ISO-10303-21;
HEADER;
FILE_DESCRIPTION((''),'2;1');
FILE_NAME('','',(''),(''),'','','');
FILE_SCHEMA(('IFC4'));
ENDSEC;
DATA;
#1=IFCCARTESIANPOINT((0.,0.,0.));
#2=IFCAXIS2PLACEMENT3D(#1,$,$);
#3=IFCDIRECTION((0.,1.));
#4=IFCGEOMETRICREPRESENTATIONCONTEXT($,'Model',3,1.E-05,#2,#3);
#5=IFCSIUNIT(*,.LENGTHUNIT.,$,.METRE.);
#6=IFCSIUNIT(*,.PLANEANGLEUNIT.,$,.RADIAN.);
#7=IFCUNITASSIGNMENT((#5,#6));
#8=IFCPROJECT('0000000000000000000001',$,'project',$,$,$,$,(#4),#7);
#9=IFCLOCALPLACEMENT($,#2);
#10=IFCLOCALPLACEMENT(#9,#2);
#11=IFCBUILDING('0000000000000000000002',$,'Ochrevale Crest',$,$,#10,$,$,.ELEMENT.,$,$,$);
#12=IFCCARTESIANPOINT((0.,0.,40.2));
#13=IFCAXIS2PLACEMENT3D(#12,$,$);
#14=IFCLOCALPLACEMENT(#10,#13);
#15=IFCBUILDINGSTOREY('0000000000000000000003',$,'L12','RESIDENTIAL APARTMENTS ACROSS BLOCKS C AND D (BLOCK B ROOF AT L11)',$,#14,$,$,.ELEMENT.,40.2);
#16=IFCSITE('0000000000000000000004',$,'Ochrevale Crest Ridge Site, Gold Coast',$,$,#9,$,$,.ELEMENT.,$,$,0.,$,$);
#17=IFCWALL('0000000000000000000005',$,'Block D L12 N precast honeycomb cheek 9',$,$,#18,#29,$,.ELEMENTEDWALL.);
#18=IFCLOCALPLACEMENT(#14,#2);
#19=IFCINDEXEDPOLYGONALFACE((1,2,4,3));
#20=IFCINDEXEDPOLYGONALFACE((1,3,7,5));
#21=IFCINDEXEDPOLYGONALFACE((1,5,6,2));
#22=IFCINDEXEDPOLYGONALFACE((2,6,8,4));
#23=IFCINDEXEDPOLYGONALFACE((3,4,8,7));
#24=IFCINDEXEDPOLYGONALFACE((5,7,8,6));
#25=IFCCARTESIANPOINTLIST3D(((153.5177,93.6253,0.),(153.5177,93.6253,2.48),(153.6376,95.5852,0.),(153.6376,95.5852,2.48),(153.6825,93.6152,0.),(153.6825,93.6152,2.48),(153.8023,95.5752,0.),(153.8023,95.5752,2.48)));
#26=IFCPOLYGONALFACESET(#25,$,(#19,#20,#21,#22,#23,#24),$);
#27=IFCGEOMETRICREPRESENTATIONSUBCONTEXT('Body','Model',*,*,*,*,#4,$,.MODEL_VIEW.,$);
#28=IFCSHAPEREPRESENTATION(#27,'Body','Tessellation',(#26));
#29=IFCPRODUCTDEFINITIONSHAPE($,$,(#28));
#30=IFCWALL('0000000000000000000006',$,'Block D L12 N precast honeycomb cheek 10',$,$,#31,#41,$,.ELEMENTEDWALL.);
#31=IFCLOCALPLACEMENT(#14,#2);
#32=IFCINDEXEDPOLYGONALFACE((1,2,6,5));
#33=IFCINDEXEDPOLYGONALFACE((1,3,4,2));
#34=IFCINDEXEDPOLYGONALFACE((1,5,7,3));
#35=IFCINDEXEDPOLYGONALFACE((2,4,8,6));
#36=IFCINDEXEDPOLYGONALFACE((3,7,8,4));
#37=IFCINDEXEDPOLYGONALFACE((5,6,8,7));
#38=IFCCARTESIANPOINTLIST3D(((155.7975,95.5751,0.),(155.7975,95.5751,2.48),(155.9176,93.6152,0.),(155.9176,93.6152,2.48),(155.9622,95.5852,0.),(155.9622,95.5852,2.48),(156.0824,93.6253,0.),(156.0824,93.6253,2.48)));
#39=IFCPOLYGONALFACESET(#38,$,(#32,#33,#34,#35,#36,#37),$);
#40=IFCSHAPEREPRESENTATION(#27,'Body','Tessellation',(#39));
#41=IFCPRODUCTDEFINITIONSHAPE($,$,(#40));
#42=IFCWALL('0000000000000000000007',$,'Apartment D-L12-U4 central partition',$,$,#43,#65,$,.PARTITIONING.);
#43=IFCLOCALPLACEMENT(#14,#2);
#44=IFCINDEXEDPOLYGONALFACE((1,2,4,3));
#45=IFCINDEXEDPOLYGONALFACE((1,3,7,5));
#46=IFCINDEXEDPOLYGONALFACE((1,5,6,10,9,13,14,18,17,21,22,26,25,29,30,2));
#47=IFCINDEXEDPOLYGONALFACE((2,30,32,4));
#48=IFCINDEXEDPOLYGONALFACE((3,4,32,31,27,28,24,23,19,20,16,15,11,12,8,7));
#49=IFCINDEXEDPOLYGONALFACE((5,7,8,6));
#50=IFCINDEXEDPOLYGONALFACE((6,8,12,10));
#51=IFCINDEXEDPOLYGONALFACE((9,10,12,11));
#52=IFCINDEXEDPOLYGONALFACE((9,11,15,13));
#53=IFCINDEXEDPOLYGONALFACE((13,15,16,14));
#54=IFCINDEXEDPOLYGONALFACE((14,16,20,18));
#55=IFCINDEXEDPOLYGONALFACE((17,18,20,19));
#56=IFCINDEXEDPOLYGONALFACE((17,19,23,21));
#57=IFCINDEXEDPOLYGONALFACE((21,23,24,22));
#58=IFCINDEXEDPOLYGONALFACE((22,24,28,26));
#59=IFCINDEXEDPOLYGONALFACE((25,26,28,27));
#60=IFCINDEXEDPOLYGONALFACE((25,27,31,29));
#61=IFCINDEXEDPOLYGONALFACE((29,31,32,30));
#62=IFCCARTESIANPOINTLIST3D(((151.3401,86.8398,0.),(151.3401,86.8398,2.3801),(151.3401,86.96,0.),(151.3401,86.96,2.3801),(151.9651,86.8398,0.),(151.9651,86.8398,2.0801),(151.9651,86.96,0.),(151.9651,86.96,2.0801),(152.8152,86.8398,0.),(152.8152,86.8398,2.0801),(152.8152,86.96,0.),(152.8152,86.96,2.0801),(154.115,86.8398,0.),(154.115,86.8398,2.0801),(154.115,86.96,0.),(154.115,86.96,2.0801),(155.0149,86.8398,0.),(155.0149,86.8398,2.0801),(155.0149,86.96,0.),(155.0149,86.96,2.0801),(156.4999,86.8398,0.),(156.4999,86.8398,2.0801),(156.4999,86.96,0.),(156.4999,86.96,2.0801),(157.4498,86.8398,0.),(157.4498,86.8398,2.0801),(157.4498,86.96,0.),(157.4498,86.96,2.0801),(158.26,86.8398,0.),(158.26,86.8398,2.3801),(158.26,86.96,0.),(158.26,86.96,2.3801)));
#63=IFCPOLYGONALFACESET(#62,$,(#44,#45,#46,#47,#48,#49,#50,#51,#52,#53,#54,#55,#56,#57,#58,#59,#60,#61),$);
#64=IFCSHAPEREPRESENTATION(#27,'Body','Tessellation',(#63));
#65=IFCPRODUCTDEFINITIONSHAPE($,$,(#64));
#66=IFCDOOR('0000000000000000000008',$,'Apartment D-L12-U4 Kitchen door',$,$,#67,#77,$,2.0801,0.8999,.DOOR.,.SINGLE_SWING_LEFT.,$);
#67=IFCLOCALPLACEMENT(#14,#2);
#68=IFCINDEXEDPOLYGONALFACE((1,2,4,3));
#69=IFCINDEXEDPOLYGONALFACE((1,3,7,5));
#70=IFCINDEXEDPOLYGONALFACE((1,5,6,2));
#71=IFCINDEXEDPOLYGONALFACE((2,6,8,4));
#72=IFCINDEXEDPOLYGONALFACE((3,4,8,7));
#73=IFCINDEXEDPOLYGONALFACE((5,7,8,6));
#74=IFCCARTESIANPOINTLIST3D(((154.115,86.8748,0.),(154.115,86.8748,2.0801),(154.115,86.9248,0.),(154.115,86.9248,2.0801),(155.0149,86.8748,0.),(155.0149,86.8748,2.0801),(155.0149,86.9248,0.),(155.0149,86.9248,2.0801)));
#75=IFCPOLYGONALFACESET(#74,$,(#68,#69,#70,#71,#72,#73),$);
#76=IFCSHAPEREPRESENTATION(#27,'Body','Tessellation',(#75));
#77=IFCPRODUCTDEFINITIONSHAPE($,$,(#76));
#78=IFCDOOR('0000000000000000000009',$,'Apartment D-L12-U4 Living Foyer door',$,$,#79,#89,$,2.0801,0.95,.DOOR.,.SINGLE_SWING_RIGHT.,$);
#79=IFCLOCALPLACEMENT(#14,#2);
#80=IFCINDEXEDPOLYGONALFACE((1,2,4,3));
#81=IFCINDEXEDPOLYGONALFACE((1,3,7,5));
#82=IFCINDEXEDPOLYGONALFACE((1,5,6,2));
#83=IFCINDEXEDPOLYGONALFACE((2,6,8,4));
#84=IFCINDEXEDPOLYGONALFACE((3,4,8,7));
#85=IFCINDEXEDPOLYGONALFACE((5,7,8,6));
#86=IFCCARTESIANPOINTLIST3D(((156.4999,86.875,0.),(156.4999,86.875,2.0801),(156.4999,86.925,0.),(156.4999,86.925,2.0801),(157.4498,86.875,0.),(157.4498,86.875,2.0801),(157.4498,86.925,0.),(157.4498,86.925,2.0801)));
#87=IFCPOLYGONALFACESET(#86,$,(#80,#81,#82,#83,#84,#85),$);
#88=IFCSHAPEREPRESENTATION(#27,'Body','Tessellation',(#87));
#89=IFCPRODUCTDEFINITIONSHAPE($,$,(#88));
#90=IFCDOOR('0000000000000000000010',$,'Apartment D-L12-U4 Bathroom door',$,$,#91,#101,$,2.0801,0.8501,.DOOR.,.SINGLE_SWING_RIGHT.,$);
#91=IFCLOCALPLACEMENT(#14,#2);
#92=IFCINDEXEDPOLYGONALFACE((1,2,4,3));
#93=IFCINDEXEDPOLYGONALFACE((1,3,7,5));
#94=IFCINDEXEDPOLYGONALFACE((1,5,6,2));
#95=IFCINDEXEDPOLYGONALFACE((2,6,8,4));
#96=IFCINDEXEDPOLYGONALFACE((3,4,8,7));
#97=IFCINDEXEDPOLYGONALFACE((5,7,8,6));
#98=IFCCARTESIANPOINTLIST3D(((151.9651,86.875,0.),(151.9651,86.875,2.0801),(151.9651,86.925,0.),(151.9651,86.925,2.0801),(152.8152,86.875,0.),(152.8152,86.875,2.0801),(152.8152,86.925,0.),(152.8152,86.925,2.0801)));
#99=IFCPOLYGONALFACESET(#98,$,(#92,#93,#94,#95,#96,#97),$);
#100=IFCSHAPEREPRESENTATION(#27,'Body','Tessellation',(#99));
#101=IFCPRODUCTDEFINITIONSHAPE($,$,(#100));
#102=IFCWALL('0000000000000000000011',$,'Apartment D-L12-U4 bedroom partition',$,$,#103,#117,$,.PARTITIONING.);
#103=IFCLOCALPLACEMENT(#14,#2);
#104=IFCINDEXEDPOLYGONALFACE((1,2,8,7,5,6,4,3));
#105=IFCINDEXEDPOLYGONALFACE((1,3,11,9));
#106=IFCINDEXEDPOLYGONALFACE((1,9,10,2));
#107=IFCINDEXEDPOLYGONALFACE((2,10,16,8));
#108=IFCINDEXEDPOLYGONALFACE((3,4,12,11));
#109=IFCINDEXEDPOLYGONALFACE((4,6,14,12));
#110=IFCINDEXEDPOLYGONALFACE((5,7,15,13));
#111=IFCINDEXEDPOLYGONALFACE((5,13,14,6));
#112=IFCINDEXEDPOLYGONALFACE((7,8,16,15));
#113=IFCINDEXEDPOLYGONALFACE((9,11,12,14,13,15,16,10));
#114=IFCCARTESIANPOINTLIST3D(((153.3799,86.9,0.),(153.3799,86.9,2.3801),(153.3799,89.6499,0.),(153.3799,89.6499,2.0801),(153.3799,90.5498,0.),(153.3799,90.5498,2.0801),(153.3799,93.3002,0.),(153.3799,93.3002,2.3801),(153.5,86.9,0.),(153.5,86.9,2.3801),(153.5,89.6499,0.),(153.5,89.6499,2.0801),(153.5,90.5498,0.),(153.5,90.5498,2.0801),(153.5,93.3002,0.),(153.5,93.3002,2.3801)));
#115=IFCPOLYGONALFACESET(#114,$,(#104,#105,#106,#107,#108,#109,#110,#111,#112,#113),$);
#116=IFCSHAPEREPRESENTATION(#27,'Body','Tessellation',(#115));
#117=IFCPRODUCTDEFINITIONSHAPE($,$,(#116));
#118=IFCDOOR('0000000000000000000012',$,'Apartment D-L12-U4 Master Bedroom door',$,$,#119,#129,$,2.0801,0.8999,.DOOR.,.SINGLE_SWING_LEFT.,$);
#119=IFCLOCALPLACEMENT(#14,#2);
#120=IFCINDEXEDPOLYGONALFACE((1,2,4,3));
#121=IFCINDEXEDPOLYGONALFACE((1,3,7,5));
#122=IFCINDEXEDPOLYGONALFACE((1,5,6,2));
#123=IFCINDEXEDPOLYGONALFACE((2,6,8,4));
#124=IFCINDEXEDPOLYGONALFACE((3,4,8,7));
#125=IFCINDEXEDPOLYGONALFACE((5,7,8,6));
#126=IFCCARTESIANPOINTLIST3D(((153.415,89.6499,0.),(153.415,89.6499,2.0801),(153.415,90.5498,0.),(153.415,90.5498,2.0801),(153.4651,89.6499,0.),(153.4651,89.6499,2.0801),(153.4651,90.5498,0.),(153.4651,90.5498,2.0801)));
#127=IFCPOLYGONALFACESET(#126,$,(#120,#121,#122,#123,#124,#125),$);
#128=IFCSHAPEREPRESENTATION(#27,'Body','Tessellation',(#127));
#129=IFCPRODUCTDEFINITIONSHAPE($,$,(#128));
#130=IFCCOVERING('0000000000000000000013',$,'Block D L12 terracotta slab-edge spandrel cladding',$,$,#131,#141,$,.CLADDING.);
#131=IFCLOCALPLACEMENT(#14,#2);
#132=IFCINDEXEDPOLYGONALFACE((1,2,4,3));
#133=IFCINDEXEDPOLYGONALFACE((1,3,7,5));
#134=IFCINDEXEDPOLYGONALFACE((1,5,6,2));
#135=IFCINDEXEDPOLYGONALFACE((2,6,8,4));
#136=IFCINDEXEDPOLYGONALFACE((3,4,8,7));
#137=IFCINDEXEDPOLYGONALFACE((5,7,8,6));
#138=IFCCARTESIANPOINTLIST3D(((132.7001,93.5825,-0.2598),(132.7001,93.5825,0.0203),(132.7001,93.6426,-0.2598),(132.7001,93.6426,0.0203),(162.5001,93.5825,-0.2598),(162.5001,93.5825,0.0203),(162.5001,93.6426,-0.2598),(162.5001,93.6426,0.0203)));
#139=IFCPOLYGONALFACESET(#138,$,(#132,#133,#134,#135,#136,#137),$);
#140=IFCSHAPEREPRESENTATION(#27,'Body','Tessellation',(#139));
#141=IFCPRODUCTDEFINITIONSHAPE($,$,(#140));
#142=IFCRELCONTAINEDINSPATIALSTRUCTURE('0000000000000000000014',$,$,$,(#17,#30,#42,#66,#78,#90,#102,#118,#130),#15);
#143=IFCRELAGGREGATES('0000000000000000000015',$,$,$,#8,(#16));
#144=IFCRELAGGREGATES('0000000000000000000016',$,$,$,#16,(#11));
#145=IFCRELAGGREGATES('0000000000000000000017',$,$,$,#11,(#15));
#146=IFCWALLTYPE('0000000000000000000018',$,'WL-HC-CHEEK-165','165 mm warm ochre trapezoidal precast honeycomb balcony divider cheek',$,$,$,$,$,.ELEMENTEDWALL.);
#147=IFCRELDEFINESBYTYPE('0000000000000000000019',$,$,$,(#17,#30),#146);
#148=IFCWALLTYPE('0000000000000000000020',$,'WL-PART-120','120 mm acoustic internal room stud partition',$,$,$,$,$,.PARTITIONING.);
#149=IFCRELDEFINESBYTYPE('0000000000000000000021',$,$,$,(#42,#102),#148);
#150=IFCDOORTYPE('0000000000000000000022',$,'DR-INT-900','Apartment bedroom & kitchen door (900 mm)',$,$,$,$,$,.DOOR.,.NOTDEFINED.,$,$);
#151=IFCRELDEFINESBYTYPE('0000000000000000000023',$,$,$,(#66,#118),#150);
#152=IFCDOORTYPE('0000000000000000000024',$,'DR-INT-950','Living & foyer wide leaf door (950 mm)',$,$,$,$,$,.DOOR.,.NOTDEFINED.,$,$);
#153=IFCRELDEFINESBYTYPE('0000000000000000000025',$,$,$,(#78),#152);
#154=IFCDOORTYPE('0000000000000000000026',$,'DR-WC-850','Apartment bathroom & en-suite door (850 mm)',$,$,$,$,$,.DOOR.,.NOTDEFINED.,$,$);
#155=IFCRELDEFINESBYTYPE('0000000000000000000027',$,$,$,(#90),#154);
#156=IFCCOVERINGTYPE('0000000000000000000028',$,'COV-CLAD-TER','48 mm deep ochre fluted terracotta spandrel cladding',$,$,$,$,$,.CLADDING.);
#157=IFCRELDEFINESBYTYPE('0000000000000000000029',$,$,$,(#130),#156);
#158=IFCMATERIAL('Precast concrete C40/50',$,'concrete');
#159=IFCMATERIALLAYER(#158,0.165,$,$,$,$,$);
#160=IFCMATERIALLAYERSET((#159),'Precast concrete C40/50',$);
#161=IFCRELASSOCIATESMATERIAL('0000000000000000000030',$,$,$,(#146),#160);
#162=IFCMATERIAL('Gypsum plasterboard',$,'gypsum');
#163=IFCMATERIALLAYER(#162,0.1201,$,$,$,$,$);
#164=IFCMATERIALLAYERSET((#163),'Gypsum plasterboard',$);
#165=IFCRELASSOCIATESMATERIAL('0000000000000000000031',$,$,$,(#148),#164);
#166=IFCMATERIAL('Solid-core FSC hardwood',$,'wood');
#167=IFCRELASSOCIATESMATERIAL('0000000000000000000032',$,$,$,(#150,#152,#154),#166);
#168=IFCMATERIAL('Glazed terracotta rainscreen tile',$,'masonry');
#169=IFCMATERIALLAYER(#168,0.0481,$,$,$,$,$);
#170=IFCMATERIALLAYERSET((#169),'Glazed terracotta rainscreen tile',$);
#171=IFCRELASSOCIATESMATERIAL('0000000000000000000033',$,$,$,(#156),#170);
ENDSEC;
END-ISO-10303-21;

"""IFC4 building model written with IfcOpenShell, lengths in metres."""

from ifc_helpers import new_model, si_unit, direction, frame, frame_2d, origin, origin_2d, place, context, subcontext, project, spatial, rectangle, extrude, material, layer, layer_set, type_object, element, fill, save


model = new_model("IFC4")

# Units and contexts
model_context = context("Model", 3, precision=1e-05, world=origin(), true_north=direction((0.0, 1.0)))
body_context = subcontext(model_context, "Body", "Model", "MODEL_VIEW")
ifc_project = project(units=[si_unit("LENGTHUNIT", "METRE"), si_unit("PLANEANGLEUNIT", "RADIAN")], contexts=[model_context])

# Site, building, storey
site_placement = place(None, origin())
site = spatial("IfcSite", under=ifc_project, at=site_placement, Name="Ochrevale Crest Ridge Site, Gold Coast", CompositionType="ELEMENT", RefElevation=0.0)
building_placement = place(site_placement, origin())
building = spatial("IfcBuilding", under=site, at=building_placement, Name="Ochrevale Crest", CompositionType="ELEMENT")
storey_placement = place(building_placement, frame((0.0, 0.0, 40.2)))
storey = spatial("IfcBuildingStorey", under=building, at=storey_placement, Name="L12", Description="RESIDENTIAL APARTMENTS ACROSS BLOCKS C AND D (BLOCK B ROOF AT L11)", CompositionType="ELEMENT", Elevation=40.2)

# Shared definitions
ifc_material_1 = material(Name="Precast concrete C40/50", Category="concrete")

# Walls
ifc_layer_1 = layer(ifc_material_1, 0.165)
ifc_layer_set_1 = layer_set([ifc_layer_1], Name="Precast concrete C40/50")
wall_type_1 = type_object("IfcWallType", Name="WL-HC-CHEEK-165", Description="165 mm warm ochre trapezoidal precast honeycomb balcony divider cheek", PredefinedType="ELEMENTEDWALL", material=ifc_layer_set_1)
for number, where, z_axis, x_axis, name in (
    (1, (153.6001, 93.6201, 0.0), (0.0, 0.0, 1.0), (0.061047, 0.998135, 0.0), "Block D L12 N precast honeycomb cheek 9"),
    (2, (156.0, 93.6201, 0.0), (0.0, 0.0, 1.0), (-0.061171, 0.998127, 0.0), "Block D L12 N precast honeycomb cheek 10"),
):
    element("IfcWall", number, at=place(storey_placement, frame(where, z_axis=z_axis, x_axis=x_axis)), inside=storey, type_object=wall_type_1, Name=name, PredefinedType="ELEMENTEDWALL", context=body_context, shape_type="SweptSolid", body=[
        extrude(rectangle(XDim=1.9636, YDim=0.165, at=frame_2d((0.9819, 0.0))), origin(), (0.0, 0.0, 1.0), 2.48),
    ])

# Wall, openings, doors
ifc_material_2 = material(Name="Gypsum plasterboard", Category="gypsum")
ifc_layer_2 = layer(ifc_material_2, 0.1201)
ifc_layer_set_2 = layer_set([ifc_layer_2], Name="Gypsum plasterboard")
wall_type_2 = type_object("IfcWallType", Name="WL-PART-120", Description="120 mm acoustic internal room stud partition", PredefinedType="PARTITIONING", material=ifc_layer_set_2)
wall_1_placement = place(storey_placement, frame((151.3401, 86.8999, 0.0), z_axis=(0.0, 0.0, 1.0), x_axis=(1.0, 0.0, 0.0)))
wall_1 = element("IfcWall", 3, at=wall_1_placement, inside=storey, type_object=wall_type_2, Name="Apartment D-L12-U4 central partition", PredefinedType="PARTITIONING", context=body_context, shape_type="SweptSolid", body=[
    extrude(rectangle(XDim=6.9199, YDim=0.1201, at=frame_2d((3.46, 0.0))), origin(), (0.0, 0.0, 1.0), 2.3801),
])
opening_1_placement = place(wall_1_placement, frame((1.4751, 0.0, 0.0), z_axis=(0.0, 0.0, 1.0), x_axis=(-1.0, 0.0, 0.0)))
opening_1 = element("IfcOpeningElement", 4, at=opening_1_placement, cuts=wall_1, PredefinedType="OPENING", context=body_context, shape_type="SweptSolid", body=[
    extrude(rectangle(XDim=0.8501, YDim=2.0801, at=frame_2d((0.425, 1.04))), frame((0.0, 0.0701, 0.0), z_axis=(0.0, -1.0, 0.0), x_axis=(1.0, 0.0, 0.0)), (0.0, 0.0, 1.0), 0.1401),
])
opening_2_placement = place(wall_1_placement, frame((2.7749, 0.0, 0.0)))
opening_2 = element("IfcOpeningElement", 5, at=opening_2_placement, cuts=wall_1, PredefinedType="OPENING", context=body_context, shape_type="SweptSolid", body=[
    extrude(rectangle(XDim=0.8999, YDim=2.0801, at=frame_2d((0.45, 1.04))), frame((0.0, 0.0701, 0.0), z_axis=(0.0, -1.0, 0.0), x_axis=(1.0, 0.0, 0.0)), (0.0, 0.0, 1.0), 0.1401),
])
opening_3_placement = place(wall_1_placement, frame((6.1099, 0.0, 0.0), z_axis=(0.0, 0.0, 1.0), x_axis=(-1.0, 0.0, 0.0)))
opening_3 = element("IfcOpeningElement", 6, at=opening_3_placement, cuts=wall_1, PredefinedType="OPENING", context=body_context, shape_type="SweptSolid", body=[
    extrude(rectangle(XDim=0.95, YDim=2.0801, at=frame_2d((0.4751, 1.04))), frame((0.0, 0.0701, 0.0), z_axis=(0.0, -1.0, 0.0), x_axis=(1.0, 0.0, 0.0)), (0.0, 0.0, 1.0), 0.1401),
])
ifc_material_3 = material(Name="Solid-core FSC hardwood", Category="wood")
door_type_1 = type_object("IfcDoorType", Name="DR-INT-900", Description="Apartment bedroom & kitchen door (900 mm)", OperationType="NOTDEFINED", PredefinedType="DOOR", material=ifc_material_3)
door_1_placement = place(opening_2_placement, origin())
door_1 = element("IfcDoor", 7, at=door_1_placement, inside=storey, type_object=door_type_1, Name="Apartment D-L12-U4 Kitchen door", OperationType="SINGLE_SWING_LEFT", OverallHeight=2.0801, OverallWidth=0.8999, PredefinedType="DOOR", context=body_context, shape_type="SweptSolid", body=[
    extrude(rectangle(XDim=0.8999, YDim=2.0801, at=frame_2d((0.45, 1.04))), frame((0.0, 0.0249, 0.0), z_axis=(0.0, -1.0, 0.0), x_axis=(1.0, 0.0, 0.0)), (0.0, 0.0, 1.0), 0.05),
])
fill(opening_2, door_1)
door_type_2 = type_object("IfcDoorType", Name="DR-INT-950", Description="Living & foyer wide leaf door (950 mm)", OperationType="NOTDEFINED", PredefinedType="DOOR", material=ifc_material_3)
door_2_placement = place(opening_3_placement, origin())
door_2 = element("IfcDoor", 8, at=door_2_placement, inside=storey, type_object=door_type_2, Name="Apartment D-L12-U4 Living Foyer door", OperationType="SINGLE_SWING_RIGHT", OverallHeight=2.0801, OverallWidth=0.95, PredefinedType="DOOR", context=body_context, shape_type="SweptSolid", body=[
    extrude(rectangle(XDim=0.95, YDim=2.0801, at=frame_2d((0.4751, 1.04))), frame((0.0, 0.0249, 0.0), z_axis=(0.0, -1.0, 0.0), x_axis=(1.0, 0.0, 0.0)), (0.0, 0.0, 1.0), 0.05),
])
fill(opening_3, door_2)
door_type_3 = type_object("IfcDoorType", Name="DR-WC-850", Description="Apartment bathroom & en-suite door (850 mm)", OperationType="NOTDEFINED", PredefinedType="DOOR", material=ifc_material_3)
door_3_placement = place(opening_1_placement, origin())
door_3 = element("IfcDoor", 9, at=door_3_placement, inside=storey, type_object=door_type_3, Name="Apartment D-L12-U4 Bathroom door", OperationType="SINGLE_SWING_RIGHT", OverallHeight=2.0801, OverallWidth=0.8501, PredefinedType="DOOR", context=body_context, shape_type="SweptSolid", body=[
    extrude(rectangle(XDim=0.8501, YDim=2.0801, at=frame_2d((0.425, 1.04))), frame((0.0, 0.0249, 0.0), z_axis=(0.0, -1.0, 0.0), x_axis=(1.0, 0.0, 0.0)), (0.0, 0.0, 1.0), 0.05),
])
fill(opening_1, door_3)

# Wall, opening, door
wall_2_placement = place(storey_placement, frame((153.4399, 86.8999, 0.0), z_axis=(0.0, 0.0, 1.0), x_axis=(0.0, 1.0, 0.0)))
wall_2 = element("IfcWall", 10, at=wall_2_placement, inside=storey, type_object=wall_type_2, Name="Apartment D-L12-U4 bedroom partition", PredefinedType="PARTITIONING", context=body_context, shape_type="SweptSolid", body=[
    extrude(rectangle(XDim=6.4001, YDim=0.1201, at=frame_2d((3.2002, 0.0))), origin(), (0.0, 0.0, 1.0), 2.3801),
])
opening_4_placement = place(wall_2_placement, frame((2.75, 0.0, 0.0)))
opening_4 = element("IfcOpeningElement", 11, at=opening_4_placement, cuts=wall_2, PredefinedType="OPENING", context=body_context, shape_type="SweptSolid", body=[
    extrude(rectangle(XDim=0.8999, YDim=2.0801, at=frame_2d((0.45, 1.04))), frame((0.0, 0.0701, 0.0), z_axis=(0.0, -1.0, 0.0), x_axis=(1.0, 0.0, 0.0)), (0.0, 0.0, 1.0), 0.1401),
])
door_4_placement = place(opening_4_placement, origin())
door_4 = element("IfcDoor", 12, at=door_4_placement, inside=storey, type_object=door_type_1, Name="Apartment D-L12-U4 Master Bedroom door", OperationType="SINGLE_SWING_LEFT", OverallHeight=2.0801, OverallWidth=0.8999, PredefinedType="DOOR", context=body_context, shape_type="SweptSolid", body=[
    extrude(rectangle(XDim=0.8999, YDim=2.0801, at=frame_2d((0.45, 1.04))), frame((0.0, 0.0249, 0.0), z_axis=(0.0, -1.0, 0.0), x_axis=(1.0, 0.0, 0.0)), (0.0, 0.0, 1.0), 0.05),
])
fill(opening_4, door_4)

# Covering
ifc_material_4 = material(Name="Glazed terracotta rainscreen tile", Category="masonry")
ifc_layer_3 = layer(ifc_material_4, 0.0481)
ifc_layer_set_3 = layer_set([ifc_layer_3], Name="Glazed terracotta rainscreen tile")
covering_type = type_object("IfcCoveringType", Name="COV-CLAD-TER", Description="48 mm deep ochre fluted terracotta spandrel cladding", PredefinedType="CLADDING", material=ifc_layer_set_3)
covering_placement = place(storey_placement, frame((147.6001, 93.6125, -0.2598), z_axis=(0.0, 0.0, 1.0), x_axis=(-1.0, 0.0, 0.0)))
element("IfcCovering", 13, at=covering_placement, inside=storey, type_object=covering_type, Name="Block D L12 terracotta slab-edge spandrel cladding", PredefinedType="CLADDING", context=body_context, shape_type="SweptSolid", body=[
    extrude(rectangle(XDim=29.8, YDim=0.0601, at=origin_2d()), origin(), (0.0, 0.0, 1.0), 0.28),
])

save(model, "model.ifc")
